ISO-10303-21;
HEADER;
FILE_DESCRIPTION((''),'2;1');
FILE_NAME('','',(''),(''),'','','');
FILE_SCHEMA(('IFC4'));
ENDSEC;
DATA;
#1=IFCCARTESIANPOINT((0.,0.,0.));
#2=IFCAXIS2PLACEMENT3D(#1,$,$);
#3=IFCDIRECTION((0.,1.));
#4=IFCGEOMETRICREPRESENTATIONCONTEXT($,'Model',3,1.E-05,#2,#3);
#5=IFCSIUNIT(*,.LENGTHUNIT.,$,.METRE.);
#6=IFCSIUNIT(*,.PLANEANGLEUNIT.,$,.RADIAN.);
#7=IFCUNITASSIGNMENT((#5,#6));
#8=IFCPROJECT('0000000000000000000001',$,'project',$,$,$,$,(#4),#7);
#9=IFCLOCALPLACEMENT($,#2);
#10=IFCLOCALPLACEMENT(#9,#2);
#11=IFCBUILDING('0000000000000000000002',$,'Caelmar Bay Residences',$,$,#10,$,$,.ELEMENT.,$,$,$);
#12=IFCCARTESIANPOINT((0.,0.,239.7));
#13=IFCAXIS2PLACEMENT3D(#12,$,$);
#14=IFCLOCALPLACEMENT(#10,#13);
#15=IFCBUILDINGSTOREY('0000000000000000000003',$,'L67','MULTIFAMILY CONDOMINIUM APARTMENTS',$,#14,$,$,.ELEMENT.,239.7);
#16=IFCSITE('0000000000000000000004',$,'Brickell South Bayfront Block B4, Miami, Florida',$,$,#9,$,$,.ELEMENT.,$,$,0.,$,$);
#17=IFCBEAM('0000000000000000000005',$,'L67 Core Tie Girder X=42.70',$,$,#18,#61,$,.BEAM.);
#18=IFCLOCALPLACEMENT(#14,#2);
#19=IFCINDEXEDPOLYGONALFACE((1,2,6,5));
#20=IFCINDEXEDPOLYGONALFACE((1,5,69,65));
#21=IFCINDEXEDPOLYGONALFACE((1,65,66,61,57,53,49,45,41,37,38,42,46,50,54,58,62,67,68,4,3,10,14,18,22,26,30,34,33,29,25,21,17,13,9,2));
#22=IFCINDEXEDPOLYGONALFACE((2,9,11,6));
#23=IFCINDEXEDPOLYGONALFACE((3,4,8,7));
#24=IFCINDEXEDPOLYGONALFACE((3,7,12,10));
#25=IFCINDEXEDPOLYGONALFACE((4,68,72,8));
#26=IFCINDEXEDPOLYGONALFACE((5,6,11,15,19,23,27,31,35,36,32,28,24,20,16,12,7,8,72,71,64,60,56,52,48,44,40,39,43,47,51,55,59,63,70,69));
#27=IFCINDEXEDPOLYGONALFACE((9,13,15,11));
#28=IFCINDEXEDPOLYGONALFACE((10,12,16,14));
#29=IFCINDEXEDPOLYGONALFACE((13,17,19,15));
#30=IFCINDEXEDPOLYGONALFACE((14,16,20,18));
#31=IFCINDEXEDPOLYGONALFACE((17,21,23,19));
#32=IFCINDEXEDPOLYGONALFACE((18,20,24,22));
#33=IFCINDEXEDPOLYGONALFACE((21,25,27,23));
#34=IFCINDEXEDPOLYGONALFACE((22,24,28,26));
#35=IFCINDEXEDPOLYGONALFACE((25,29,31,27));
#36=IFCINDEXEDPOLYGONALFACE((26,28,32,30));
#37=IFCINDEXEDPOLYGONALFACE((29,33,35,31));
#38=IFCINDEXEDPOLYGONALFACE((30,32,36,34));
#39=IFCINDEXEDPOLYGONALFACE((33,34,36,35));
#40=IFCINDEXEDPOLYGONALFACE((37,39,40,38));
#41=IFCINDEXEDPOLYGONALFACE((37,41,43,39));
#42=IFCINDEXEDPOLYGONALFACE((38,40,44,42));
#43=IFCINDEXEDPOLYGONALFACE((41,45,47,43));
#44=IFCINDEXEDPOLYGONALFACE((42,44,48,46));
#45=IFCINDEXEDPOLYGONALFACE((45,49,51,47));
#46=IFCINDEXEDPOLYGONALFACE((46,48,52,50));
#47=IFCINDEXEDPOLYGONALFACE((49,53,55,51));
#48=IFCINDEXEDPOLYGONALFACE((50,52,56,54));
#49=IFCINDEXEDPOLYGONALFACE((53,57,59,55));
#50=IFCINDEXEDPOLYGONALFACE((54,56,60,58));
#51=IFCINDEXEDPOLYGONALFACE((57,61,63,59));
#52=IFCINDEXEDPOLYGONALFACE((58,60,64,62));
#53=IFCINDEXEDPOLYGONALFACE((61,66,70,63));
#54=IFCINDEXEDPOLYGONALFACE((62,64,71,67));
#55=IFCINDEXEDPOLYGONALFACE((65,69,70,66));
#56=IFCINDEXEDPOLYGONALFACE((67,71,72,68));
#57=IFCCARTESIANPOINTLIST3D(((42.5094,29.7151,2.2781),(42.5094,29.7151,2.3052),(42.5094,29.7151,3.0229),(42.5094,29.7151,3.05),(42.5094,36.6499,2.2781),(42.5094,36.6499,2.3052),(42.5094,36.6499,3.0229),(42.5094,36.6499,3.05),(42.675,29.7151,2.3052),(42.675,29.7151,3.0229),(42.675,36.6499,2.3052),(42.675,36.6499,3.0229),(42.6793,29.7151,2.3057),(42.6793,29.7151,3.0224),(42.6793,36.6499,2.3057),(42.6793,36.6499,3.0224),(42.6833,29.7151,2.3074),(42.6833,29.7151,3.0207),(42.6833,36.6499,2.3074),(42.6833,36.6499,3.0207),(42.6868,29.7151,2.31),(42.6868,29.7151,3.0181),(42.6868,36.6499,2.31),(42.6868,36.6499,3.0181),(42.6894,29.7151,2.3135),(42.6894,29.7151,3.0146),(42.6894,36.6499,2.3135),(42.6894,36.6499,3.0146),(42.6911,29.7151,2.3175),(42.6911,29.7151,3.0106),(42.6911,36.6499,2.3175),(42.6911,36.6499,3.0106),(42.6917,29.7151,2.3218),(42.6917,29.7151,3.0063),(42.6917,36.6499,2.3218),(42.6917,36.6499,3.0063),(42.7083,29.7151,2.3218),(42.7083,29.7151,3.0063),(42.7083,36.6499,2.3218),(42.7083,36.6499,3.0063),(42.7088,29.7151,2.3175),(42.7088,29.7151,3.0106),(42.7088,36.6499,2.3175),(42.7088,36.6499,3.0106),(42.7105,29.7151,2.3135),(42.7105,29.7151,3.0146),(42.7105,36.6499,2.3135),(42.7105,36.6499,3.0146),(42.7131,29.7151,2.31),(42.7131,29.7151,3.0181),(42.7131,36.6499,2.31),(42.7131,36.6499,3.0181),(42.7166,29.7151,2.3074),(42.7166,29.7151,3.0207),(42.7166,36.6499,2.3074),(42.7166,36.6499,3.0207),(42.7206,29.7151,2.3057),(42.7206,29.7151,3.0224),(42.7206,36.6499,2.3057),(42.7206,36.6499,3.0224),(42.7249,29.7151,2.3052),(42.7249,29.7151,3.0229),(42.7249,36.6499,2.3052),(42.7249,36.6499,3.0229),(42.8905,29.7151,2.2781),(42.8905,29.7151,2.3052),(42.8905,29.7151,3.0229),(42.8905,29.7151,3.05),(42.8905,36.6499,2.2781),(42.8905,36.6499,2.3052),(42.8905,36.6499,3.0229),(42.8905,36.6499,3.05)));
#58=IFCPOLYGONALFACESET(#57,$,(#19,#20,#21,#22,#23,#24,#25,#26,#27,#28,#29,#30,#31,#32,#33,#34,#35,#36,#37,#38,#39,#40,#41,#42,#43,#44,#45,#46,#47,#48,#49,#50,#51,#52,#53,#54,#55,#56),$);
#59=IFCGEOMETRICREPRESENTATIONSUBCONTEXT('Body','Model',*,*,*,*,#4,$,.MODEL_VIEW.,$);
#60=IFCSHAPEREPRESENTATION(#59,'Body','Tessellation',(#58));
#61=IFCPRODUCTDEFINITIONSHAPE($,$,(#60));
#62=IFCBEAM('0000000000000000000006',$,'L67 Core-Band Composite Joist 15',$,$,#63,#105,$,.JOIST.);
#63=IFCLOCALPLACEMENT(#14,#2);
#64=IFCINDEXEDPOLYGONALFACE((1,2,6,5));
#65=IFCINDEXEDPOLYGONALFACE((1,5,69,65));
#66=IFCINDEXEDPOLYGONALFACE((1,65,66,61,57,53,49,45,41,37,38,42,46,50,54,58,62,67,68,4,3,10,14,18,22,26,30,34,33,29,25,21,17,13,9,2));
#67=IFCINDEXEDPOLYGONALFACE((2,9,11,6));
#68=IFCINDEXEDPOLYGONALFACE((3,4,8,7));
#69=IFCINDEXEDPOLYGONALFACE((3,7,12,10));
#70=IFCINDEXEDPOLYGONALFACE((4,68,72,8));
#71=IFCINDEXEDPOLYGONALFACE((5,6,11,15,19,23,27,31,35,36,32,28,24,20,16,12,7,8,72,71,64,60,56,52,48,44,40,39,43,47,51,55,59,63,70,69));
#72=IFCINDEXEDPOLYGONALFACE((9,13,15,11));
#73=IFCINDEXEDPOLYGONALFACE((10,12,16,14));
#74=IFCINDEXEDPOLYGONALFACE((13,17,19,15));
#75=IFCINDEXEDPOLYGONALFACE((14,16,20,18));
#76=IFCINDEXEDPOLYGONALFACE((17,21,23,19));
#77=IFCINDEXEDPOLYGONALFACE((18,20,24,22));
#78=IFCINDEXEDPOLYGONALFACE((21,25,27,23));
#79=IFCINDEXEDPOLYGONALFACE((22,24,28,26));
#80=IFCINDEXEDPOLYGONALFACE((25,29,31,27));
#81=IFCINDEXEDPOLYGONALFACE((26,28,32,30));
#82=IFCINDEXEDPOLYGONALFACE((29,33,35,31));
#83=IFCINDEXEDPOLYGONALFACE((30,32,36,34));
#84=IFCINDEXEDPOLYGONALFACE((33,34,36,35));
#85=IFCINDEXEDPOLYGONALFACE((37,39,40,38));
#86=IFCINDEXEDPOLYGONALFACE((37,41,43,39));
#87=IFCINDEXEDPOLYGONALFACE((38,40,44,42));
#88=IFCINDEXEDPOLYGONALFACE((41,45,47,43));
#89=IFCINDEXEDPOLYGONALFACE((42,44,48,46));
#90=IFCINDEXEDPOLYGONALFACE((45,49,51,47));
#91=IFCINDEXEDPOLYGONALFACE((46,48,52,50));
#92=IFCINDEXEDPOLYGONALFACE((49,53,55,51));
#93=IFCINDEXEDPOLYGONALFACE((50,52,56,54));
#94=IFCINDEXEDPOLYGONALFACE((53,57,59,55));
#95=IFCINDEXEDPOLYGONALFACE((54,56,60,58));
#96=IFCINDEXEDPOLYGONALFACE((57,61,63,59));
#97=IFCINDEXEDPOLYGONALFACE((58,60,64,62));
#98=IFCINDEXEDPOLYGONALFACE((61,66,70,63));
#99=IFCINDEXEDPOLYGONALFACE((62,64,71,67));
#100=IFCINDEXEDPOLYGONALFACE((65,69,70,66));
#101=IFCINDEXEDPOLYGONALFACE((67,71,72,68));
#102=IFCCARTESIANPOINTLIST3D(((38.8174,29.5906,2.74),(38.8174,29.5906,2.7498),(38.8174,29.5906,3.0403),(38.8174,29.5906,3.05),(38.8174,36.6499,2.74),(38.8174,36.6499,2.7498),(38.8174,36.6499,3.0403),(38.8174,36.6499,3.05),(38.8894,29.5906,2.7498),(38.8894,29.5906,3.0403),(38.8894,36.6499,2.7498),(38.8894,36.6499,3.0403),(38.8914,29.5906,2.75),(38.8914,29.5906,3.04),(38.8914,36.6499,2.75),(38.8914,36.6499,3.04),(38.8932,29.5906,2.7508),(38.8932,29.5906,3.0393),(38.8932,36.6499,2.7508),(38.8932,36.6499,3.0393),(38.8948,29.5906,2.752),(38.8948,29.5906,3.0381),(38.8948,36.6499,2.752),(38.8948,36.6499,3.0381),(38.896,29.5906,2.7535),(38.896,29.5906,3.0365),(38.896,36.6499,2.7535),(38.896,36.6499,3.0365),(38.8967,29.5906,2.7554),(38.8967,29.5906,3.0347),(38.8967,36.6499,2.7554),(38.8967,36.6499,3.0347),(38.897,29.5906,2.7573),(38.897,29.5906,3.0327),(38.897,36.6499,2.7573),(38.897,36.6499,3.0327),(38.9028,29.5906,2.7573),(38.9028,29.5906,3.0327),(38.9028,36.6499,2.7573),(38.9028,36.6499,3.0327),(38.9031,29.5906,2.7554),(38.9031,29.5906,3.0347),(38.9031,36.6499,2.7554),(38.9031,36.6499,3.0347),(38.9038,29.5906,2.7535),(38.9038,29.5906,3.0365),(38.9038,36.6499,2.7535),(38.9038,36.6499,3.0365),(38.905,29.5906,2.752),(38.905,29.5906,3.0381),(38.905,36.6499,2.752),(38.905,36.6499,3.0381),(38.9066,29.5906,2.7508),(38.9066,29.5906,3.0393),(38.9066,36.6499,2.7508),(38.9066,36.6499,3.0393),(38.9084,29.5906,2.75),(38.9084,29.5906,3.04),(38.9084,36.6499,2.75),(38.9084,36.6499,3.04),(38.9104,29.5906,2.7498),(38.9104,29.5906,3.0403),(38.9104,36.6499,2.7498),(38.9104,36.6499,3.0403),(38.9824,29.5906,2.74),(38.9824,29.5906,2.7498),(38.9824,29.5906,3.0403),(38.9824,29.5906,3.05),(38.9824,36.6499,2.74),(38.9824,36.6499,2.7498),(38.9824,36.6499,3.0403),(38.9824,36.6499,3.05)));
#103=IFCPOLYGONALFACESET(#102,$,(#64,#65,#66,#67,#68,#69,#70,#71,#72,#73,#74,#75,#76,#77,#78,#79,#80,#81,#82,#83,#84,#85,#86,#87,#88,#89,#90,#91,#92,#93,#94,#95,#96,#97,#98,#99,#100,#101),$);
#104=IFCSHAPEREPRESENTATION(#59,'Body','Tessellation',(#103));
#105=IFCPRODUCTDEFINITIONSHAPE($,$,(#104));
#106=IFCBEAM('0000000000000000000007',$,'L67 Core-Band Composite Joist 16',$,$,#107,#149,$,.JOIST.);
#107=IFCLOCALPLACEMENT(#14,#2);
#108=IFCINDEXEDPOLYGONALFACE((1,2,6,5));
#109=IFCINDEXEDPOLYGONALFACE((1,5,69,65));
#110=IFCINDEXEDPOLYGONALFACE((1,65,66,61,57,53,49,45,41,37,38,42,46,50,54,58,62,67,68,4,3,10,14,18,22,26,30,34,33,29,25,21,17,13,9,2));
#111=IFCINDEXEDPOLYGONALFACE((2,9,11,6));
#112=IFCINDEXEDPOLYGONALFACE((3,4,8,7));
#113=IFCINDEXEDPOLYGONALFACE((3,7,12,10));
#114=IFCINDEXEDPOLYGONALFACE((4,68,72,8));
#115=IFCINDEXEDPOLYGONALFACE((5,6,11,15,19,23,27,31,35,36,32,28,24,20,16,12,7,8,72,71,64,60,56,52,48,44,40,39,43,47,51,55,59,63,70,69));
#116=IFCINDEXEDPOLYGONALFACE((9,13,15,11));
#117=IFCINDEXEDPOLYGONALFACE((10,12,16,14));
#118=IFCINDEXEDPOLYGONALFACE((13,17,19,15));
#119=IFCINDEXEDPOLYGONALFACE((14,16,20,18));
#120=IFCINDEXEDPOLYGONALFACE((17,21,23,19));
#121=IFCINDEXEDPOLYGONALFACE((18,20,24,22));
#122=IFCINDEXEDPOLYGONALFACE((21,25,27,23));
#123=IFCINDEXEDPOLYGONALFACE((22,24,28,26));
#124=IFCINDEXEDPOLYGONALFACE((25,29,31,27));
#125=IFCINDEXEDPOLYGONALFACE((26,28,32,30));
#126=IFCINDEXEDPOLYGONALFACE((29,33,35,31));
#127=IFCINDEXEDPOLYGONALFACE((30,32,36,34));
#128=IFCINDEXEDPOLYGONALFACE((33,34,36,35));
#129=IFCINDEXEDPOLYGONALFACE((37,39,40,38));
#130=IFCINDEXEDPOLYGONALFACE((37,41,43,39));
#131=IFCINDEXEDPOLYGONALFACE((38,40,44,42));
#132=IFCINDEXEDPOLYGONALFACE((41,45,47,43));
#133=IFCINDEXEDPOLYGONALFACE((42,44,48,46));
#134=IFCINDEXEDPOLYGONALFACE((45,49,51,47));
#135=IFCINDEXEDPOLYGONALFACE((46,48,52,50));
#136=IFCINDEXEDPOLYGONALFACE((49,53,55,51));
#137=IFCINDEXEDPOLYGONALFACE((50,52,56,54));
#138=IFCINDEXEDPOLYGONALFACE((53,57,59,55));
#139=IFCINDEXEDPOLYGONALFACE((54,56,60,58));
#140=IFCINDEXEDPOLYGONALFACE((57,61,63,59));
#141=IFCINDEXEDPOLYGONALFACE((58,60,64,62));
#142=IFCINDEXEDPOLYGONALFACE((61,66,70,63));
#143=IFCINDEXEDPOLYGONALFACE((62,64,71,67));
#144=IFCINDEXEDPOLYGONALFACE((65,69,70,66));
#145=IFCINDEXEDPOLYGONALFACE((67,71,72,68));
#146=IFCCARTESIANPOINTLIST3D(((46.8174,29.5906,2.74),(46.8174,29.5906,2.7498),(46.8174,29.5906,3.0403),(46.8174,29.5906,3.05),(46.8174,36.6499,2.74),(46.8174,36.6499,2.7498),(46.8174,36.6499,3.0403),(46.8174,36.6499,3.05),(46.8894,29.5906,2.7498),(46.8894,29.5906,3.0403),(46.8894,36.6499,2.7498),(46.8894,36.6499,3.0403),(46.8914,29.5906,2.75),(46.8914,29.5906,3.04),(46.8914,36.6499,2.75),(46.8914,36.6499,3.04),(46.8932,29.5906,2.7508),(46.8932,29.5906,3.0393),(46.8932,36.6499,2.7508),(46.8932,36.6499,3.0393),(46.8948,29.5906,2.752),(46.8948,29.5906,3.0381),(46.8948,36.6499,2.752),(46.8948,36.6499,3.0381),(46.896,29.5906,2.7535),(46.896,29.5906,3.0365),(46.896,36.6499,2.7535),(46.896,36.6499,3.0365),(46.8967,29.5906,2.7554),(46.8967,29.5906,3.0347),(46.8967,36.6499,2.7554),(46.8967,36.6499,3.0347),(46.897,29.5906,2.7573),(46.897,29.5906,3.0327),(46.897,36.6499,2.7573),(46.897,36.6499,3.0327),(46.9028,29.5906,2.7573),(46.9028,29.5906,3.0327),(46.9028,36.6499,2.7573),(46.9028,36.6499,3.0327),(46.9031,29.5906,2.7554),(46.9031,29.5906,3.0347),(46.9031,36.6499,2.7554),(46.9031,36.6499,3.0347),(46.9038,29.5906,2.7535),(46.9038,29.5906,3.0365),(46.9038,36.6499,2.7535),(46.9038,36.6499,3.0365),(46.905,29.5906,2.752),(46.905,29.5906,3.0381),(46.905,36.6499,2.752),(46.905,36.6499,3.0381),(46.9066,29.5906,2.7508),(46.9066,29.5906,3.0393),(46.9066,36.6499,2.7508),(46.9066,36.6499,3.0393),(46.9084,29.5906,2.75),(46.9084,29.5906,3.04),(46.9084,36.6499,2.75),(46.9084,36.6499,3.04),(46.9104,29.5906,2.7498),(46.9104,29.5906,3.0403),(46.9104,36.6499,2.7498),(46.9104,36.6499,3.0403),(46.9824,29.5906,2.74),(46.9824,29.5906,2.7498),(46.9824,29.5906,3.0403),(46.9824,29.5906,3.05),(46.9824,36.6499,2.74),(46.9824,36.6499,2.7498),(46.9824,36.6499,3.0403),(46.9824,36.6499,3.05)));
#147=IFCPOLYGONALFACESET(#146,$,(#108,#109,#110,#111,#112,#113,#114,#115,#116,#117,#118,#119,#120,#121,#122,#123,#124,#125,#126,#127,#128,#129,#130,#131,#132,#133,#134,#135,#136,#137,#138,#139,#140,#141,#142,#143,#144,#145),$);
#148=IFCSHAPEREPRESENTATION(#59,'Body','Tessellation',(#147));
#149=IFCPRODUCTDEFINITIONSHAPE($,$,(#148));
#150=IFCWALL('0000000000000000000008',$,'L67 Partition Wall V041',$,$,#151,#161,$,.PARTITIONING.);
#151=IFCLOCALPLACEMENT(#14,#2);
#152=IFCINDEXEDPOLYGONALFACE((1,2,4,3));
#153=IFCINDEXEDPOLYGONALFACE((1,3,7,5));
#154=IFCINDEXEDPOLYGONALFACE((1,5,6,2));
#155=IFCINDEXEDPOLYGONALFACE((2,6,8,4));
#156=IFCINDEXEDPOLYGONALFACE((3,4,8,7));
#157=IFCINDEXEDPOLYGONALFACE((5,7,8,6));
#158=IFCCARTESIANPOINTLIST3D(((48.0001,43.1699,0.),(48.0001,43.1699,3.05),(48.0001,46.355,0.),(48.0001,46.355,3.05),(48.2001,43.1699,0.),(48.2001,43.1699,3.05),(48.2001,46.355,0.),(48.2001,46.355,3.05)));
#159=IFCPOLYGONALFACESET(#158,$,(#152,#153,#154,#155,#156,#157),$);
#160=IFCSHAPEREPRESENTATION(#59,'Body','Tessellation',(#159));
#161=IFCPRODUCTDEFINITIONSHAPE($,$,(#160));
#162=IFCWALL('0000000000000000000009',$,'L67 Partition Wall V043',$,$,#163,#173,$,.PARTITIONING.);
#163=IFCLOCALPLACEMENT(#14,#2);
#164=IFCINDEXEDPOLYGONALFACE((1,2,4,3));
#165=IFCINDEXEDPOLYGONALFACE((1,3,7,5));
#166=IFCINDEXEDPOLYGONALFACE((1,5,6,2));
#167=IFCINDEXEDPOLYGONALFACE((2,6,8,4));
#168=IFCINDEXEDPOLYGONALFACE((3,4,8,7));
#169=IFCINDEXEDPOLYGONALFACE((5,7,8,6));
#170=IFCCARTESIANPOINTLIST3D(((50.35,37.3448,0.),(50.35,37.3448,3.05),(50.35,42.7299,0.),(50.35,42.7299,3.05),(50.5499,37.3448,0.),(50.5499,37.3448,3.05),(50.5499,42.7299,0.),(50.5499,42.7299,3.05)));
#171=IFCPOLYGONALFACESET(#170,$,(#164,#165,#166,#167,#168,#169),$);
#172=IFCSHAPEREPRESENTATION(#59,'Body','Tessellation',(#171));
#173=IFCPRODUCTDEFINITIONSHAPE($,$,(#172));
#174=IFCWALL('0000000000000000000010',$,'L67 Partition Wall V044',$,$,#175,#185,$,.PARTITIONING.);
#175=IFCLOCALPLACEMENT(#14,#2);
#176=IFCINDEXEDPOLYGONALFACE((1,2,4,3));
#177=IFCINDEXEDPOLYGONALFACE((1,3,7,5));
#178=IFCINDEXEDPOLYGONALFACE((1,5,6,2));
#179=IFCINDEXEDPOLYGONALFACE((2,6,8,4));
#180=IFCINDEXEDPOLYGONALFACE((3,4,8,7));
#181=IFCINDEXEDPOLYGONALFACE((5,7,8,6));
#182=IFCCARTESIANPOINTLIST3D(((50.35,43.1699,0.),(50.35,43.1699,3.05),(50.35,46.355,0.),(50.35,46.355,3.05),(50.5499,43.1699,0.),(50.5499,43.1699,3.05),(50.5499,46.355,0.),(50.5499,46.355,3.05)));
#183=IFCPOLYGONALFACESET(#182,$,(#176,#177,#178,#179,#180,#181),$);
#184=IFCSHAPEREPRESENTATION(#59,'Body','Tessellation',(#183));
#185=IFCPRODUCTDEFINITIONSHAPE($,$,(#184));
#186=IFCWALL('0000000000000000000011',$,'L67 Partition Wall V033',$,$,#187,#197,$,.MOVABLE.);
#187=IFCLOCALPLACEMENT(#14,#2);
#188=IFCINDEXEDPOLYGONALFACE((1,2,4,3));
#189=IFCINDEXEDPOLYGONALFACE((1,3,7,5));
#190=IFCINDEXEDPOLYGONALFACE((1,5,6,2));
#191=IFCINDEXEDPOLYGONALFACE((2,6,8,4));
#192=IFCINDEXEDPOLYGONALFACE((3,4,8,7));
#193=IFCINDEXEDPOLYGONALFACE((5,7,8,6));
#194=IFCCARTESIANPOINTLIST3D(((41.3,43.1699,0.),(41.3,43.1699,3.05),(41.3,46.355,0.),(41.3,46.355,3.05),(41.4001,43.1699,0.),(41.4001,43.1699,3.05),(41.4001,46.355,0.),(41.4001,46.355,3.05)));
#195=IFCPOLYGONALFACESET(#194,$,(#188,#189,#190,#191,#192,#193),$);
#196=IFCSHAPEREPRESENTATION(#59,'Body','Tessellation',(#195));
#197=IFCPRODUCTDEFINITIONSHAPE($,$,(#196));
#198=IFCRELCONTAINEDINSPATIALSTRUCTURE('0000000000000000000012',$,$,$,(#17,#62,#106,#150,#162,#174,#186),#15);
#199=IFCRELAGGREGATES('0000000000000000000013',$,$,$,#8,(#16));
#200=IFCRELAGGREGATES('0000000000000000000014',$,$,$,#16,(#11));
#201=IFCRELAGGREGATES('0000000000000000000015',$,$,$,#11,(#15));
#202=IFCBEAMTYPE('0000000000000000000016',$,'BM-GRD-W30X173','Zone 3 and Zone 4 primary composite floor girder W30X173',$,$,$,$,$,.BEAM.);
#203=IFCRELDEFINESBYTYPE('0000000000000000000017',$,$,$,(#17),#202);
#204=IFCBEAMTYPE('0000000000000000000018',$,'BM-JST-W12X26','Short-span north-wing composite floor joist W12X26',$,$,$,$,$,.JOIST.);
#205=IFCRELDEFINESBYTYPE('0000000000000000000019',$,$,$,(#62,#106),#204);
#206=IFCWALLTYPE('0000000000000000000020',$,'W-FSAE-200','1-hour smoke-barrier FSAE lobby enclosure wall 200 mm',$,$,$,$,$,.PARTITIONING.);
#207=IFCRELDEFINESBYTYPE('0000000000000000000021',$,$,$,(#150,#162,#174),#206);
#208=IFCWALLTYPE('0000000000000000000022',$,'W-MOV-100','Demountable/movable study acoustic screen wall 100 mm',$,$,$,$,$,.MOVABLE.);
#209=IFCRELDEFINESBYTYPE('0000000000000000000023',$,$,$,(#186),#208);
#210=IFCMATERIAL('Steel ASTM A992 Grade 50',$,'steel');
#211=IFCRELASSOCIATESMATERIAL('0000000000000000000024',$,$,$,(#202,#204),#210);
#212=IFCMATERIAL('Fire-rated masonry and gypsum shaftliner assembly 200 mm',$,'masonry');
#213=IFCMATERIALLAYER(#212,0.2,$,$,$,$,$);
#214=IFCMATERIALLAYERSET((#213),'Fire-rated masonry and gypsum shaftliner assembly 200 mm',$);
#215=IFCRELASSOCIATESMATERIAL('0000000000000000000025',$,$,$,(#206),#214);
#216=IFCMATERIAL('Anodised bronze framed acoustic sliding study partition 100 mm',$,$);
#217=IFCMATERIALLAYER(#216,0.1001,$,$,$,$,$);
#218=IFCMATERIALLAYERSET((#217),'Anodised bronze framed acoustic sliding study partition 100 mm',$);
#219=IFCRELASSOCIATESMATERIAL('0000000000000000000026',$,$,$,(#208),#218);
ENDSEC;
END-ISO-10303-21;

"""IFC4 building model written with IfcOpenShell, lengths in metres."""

from ifc_helpers import new_model, si_unit, direction, frame, frame_2d, origin, origin_2d, place, context, subcontext, project, spatial, rectangle, i_section, extrude, material, layer, layer_set, material_profile, profile_set, type_object, element, save


model = new_model("IFC4")

# Units and contexts
model_context = context("Model", 3, precision=1e-05, world=origin(), true_north=direction((0.0, 1.0)))
body_context = subcontext(model_context, "Body", "Model", "MODEL_VIEW")
ifc_project = project(units=[si_unit("LENGTHUNIT", "METRE"), si_unit("PLANEANGLEUNIT", "RADIAN")], contexts=[model_context])

# Site, building, storey
site_placement = place(None, origin())
site = spatial("IfcSite", under=ifc_project, at=site_placement, Name="Brickell South Bayfront Block B4, Miami, Florida", CompositionType="ELEMENT", RefElevation=0.0)
building_placement = place(site_placement, origin())
building = spatial("IfcBuilding", under=site, at=building_placement, Name="Caelmar Bay Residences", CompositionType="ELEMENT")
storey_placement = place(building_placement, frame((0.0, 0.0, 239.7)))
storey = spatial("IfcBuildingStorey", under=building, at=storey_placement, Name="L67", Description="MULTIFAMILY CONDOMINIUM APARTMENTS", CompositionType="ELEMENT", Elevation=239.7)

# Beams
ifc_material_1 = material(Name="Steel ASTM A992 Grade 50", Category="steel")
ifc_material_profile_1 = material_profile(ifc_material_1, i_section(OverallWidth=0.3811, OverallDepth=0.772, WebThickness=0.0166, FlangeThickness=0.0271, FilletRadius=0.0166, at=origin_2d()), Name="W30X173")
ifc_profile_set_1 = profile_set([ifc_material_profile_1], Name="Steel ASTM A992 Grade 50")
beam_type_1 = type_object("IfcBeamType", Name="BM-GRD-W30X173", Description="Zone 3 and Zone 4 primary composite floor girder W30X173", PredefinedType="BEAM", material=ifc_profile_set_1)
beam_placement = place(storey_placement, frame((42.7, 29.7151, 2.6641), z_axis=(0.0, 1.0, 0.0), x_axis=(-1.0, 0.0, 0.0)))
element("IfcBeam", 1, at=beam_placement, inside=storey, type_object=beam_type_1, Name="L67 Core Tie Girder X=42.70", PredefinedType="BEAM", context=body_context, shape_type="SweptSolid", body=[
    extrude(i_section(OverallWidth=0.3811, OverallDepth=0.772, WebThickness=0.0166, FlangeThickness=0.0271, FilletRadius=0.0166, at=origin_2d()), origin(), (0.0, 0.0, 1.0), 6.9348),
])
ifc_material_profile_2 = material_profile(ifc_material_1, i_section(OverallWidth=0.165, OverallDepth=0.3101, WebThickness=0.0059, FlangeThickness=0.0098, FilletRadius=0.0076, at=origin_2d()), Name="W12X26")
ifc_profile_set_2 = profile_set([ifc_material_profile_2], Name="Steel ASTM A992 Grade 50")
beam_type_2 = type_object("IfcBeamType", Name="BM-JST-W12X26", Description="Short-span north-wing composite floor joist W12X26", PredefinedType="JOIST", material=ifc_profile_set_2)
for number, where, z_axis, x_axis, name in (
    (2, (38.8999, 29.5906, 2.895), (0.0, 1.0, 0.0), (-1.0, 0.0, 0.0), "L67 Core-Band Composite Joist 15"),
    (3, (46.8999, 29.5906, 2.895), (0.0, 1.0, 0.0), (-1.0, 0.0, 0.0), "L67 Core-Band Composite Joist 16"),
):
    element("IfcBeam", number, at=place(storey_placement, frame(where, z_axis=z_axis, x_axis=x_axis)), inside=storey, type_object=beam_type_2, Name=name, PredefinedType="JOIST", context=body_context, shape_type="SweptSolid", body=[
        extrude(i_section(OverallWidth=0.165, OverallDepth=0.3101, WebThickness=0.0059, FlangeThickness=0.0098, FilletRadius=0.0076, at=origin_2d()), origin(), (0.0, 0.0, 1.0), 7.0593),
    ])

# Walls
ifc_material_2 = material(Name="Fire-rated masonry and gypsum shaftliner assembly 200 mm", Category="masonry")
ifc_layer_1 = layer(ifc_material_2, 0.2)
ifc_layer_set_1 = layer_set([ifc_layer_1], Name="Fire-rated masonry and gypsum shaftliner assembly 200 mm")
wall_type_1 = type_object("IfcWallType", Name="W-FSAE-200", Description="1-hour smoke-barrier FSAE lobby enclosure wall 200 mm", PredefinedType="PARTITIONING", material=ifc_layer_set_1)
wall_1_placement = place(storey_placement, frame((48.1001, 43.1699, 0.0), z_axis=(0.0, 0.0, 1.0), x_axis=(0.0, 1.0, 0.0)))
element("IfcWall", 4, at=wall_1_placement, inside=storey, type_object=wall_type_1, Name="L67 Partition Wall V041", PredefinedType="PARTITIONING", context=body_context, shape_type="SweptSolid", body=[
    extrude(rectangle(XDim=3.1851, YDim=0.2, at=frame_2d((1.5925, 0.0))), origin(), (0.0, 0.0, 1.0), 3.05),
])
wall_2_placement = place(storey_placement, frame((50.45, 37.345, 0.0), z_axis=(0.0, 0.0, 1.0), x_axis=(0.0, 1.0, 0.0)))
element("IfcWall", 5, at=wall_2_placement, inside=storey, type_object=wall_type_1, Name="L67 Partition Wall V043", PredefinedType="PARTITIONING", context=body_context, shape_type="SweptSolid", body=[
    extrude(rectangle(XDim=5.385, YDim=0.2, at=frame_2d((2.6924, 0.0))), origin(), (0.0, 0.0, 1.0), 3.05),
])
wall_3_placement = place(storey_placement, frame((50.45, 43.1699, 0.0), z_axis=(0.0, 0.0, 1.0), x_axis=(0.0, 1.0, 0.0)))
element("IfcWall", 6, at=wall_3_placement, inside=storey, type_object=wall_type_1, Name="L67 Partition Wall V044", PredefinedType="PARTITIONING", context=body_context, shape_type="SweptSolid", body=[
    extrude(rectangle(XDim=3.1851, YDim=0.2, at=frame_2d((1.5925, 0.0))), origin(), (0.0, 0.0, 1.0), 3.05),
])
ifc_material_3 = material(Name="Anodised bronze framed acoustic sliding study partition 100 mm")
ifc_layer_2 = layer(ifc_material_3, 0.1001)
ifc_layer_set_2 = layer_set([ifc_layer_2], Name="Anodised bronze framed acoustic sliding study partition 100 mm")
wall_type_2 = type_object("IfcWallType", Name="W-MOV-100", Description="Demountable/movable study acoustic screen wall 100 mm", PredefinedType="MOVABLE", material=ifc_layer_set_2)
wall_4_placement = place(storey_placement, frame((41.3501, 43.1699, 0.0), z_axis=(0.0, 0.0, 1.0), x_axis=(0.0, 1.0, 0.0)))
element("IfcWall", 7, at=wall_4_placement, inside=storey, type_object=wall_type_2, Name="L67 Partition Wall V033", PredefinedType="MOVABLE", context=body_context, shape_type="SweptSolid", body=[
    extrude(rectangle(XDim=3.1851, YDim=0.1001, at=frame_2d((1.5925, 0.0))), origin(), (0.0, 0.0, 1.0), 3.05),
])

save(model, "model.ifc")
